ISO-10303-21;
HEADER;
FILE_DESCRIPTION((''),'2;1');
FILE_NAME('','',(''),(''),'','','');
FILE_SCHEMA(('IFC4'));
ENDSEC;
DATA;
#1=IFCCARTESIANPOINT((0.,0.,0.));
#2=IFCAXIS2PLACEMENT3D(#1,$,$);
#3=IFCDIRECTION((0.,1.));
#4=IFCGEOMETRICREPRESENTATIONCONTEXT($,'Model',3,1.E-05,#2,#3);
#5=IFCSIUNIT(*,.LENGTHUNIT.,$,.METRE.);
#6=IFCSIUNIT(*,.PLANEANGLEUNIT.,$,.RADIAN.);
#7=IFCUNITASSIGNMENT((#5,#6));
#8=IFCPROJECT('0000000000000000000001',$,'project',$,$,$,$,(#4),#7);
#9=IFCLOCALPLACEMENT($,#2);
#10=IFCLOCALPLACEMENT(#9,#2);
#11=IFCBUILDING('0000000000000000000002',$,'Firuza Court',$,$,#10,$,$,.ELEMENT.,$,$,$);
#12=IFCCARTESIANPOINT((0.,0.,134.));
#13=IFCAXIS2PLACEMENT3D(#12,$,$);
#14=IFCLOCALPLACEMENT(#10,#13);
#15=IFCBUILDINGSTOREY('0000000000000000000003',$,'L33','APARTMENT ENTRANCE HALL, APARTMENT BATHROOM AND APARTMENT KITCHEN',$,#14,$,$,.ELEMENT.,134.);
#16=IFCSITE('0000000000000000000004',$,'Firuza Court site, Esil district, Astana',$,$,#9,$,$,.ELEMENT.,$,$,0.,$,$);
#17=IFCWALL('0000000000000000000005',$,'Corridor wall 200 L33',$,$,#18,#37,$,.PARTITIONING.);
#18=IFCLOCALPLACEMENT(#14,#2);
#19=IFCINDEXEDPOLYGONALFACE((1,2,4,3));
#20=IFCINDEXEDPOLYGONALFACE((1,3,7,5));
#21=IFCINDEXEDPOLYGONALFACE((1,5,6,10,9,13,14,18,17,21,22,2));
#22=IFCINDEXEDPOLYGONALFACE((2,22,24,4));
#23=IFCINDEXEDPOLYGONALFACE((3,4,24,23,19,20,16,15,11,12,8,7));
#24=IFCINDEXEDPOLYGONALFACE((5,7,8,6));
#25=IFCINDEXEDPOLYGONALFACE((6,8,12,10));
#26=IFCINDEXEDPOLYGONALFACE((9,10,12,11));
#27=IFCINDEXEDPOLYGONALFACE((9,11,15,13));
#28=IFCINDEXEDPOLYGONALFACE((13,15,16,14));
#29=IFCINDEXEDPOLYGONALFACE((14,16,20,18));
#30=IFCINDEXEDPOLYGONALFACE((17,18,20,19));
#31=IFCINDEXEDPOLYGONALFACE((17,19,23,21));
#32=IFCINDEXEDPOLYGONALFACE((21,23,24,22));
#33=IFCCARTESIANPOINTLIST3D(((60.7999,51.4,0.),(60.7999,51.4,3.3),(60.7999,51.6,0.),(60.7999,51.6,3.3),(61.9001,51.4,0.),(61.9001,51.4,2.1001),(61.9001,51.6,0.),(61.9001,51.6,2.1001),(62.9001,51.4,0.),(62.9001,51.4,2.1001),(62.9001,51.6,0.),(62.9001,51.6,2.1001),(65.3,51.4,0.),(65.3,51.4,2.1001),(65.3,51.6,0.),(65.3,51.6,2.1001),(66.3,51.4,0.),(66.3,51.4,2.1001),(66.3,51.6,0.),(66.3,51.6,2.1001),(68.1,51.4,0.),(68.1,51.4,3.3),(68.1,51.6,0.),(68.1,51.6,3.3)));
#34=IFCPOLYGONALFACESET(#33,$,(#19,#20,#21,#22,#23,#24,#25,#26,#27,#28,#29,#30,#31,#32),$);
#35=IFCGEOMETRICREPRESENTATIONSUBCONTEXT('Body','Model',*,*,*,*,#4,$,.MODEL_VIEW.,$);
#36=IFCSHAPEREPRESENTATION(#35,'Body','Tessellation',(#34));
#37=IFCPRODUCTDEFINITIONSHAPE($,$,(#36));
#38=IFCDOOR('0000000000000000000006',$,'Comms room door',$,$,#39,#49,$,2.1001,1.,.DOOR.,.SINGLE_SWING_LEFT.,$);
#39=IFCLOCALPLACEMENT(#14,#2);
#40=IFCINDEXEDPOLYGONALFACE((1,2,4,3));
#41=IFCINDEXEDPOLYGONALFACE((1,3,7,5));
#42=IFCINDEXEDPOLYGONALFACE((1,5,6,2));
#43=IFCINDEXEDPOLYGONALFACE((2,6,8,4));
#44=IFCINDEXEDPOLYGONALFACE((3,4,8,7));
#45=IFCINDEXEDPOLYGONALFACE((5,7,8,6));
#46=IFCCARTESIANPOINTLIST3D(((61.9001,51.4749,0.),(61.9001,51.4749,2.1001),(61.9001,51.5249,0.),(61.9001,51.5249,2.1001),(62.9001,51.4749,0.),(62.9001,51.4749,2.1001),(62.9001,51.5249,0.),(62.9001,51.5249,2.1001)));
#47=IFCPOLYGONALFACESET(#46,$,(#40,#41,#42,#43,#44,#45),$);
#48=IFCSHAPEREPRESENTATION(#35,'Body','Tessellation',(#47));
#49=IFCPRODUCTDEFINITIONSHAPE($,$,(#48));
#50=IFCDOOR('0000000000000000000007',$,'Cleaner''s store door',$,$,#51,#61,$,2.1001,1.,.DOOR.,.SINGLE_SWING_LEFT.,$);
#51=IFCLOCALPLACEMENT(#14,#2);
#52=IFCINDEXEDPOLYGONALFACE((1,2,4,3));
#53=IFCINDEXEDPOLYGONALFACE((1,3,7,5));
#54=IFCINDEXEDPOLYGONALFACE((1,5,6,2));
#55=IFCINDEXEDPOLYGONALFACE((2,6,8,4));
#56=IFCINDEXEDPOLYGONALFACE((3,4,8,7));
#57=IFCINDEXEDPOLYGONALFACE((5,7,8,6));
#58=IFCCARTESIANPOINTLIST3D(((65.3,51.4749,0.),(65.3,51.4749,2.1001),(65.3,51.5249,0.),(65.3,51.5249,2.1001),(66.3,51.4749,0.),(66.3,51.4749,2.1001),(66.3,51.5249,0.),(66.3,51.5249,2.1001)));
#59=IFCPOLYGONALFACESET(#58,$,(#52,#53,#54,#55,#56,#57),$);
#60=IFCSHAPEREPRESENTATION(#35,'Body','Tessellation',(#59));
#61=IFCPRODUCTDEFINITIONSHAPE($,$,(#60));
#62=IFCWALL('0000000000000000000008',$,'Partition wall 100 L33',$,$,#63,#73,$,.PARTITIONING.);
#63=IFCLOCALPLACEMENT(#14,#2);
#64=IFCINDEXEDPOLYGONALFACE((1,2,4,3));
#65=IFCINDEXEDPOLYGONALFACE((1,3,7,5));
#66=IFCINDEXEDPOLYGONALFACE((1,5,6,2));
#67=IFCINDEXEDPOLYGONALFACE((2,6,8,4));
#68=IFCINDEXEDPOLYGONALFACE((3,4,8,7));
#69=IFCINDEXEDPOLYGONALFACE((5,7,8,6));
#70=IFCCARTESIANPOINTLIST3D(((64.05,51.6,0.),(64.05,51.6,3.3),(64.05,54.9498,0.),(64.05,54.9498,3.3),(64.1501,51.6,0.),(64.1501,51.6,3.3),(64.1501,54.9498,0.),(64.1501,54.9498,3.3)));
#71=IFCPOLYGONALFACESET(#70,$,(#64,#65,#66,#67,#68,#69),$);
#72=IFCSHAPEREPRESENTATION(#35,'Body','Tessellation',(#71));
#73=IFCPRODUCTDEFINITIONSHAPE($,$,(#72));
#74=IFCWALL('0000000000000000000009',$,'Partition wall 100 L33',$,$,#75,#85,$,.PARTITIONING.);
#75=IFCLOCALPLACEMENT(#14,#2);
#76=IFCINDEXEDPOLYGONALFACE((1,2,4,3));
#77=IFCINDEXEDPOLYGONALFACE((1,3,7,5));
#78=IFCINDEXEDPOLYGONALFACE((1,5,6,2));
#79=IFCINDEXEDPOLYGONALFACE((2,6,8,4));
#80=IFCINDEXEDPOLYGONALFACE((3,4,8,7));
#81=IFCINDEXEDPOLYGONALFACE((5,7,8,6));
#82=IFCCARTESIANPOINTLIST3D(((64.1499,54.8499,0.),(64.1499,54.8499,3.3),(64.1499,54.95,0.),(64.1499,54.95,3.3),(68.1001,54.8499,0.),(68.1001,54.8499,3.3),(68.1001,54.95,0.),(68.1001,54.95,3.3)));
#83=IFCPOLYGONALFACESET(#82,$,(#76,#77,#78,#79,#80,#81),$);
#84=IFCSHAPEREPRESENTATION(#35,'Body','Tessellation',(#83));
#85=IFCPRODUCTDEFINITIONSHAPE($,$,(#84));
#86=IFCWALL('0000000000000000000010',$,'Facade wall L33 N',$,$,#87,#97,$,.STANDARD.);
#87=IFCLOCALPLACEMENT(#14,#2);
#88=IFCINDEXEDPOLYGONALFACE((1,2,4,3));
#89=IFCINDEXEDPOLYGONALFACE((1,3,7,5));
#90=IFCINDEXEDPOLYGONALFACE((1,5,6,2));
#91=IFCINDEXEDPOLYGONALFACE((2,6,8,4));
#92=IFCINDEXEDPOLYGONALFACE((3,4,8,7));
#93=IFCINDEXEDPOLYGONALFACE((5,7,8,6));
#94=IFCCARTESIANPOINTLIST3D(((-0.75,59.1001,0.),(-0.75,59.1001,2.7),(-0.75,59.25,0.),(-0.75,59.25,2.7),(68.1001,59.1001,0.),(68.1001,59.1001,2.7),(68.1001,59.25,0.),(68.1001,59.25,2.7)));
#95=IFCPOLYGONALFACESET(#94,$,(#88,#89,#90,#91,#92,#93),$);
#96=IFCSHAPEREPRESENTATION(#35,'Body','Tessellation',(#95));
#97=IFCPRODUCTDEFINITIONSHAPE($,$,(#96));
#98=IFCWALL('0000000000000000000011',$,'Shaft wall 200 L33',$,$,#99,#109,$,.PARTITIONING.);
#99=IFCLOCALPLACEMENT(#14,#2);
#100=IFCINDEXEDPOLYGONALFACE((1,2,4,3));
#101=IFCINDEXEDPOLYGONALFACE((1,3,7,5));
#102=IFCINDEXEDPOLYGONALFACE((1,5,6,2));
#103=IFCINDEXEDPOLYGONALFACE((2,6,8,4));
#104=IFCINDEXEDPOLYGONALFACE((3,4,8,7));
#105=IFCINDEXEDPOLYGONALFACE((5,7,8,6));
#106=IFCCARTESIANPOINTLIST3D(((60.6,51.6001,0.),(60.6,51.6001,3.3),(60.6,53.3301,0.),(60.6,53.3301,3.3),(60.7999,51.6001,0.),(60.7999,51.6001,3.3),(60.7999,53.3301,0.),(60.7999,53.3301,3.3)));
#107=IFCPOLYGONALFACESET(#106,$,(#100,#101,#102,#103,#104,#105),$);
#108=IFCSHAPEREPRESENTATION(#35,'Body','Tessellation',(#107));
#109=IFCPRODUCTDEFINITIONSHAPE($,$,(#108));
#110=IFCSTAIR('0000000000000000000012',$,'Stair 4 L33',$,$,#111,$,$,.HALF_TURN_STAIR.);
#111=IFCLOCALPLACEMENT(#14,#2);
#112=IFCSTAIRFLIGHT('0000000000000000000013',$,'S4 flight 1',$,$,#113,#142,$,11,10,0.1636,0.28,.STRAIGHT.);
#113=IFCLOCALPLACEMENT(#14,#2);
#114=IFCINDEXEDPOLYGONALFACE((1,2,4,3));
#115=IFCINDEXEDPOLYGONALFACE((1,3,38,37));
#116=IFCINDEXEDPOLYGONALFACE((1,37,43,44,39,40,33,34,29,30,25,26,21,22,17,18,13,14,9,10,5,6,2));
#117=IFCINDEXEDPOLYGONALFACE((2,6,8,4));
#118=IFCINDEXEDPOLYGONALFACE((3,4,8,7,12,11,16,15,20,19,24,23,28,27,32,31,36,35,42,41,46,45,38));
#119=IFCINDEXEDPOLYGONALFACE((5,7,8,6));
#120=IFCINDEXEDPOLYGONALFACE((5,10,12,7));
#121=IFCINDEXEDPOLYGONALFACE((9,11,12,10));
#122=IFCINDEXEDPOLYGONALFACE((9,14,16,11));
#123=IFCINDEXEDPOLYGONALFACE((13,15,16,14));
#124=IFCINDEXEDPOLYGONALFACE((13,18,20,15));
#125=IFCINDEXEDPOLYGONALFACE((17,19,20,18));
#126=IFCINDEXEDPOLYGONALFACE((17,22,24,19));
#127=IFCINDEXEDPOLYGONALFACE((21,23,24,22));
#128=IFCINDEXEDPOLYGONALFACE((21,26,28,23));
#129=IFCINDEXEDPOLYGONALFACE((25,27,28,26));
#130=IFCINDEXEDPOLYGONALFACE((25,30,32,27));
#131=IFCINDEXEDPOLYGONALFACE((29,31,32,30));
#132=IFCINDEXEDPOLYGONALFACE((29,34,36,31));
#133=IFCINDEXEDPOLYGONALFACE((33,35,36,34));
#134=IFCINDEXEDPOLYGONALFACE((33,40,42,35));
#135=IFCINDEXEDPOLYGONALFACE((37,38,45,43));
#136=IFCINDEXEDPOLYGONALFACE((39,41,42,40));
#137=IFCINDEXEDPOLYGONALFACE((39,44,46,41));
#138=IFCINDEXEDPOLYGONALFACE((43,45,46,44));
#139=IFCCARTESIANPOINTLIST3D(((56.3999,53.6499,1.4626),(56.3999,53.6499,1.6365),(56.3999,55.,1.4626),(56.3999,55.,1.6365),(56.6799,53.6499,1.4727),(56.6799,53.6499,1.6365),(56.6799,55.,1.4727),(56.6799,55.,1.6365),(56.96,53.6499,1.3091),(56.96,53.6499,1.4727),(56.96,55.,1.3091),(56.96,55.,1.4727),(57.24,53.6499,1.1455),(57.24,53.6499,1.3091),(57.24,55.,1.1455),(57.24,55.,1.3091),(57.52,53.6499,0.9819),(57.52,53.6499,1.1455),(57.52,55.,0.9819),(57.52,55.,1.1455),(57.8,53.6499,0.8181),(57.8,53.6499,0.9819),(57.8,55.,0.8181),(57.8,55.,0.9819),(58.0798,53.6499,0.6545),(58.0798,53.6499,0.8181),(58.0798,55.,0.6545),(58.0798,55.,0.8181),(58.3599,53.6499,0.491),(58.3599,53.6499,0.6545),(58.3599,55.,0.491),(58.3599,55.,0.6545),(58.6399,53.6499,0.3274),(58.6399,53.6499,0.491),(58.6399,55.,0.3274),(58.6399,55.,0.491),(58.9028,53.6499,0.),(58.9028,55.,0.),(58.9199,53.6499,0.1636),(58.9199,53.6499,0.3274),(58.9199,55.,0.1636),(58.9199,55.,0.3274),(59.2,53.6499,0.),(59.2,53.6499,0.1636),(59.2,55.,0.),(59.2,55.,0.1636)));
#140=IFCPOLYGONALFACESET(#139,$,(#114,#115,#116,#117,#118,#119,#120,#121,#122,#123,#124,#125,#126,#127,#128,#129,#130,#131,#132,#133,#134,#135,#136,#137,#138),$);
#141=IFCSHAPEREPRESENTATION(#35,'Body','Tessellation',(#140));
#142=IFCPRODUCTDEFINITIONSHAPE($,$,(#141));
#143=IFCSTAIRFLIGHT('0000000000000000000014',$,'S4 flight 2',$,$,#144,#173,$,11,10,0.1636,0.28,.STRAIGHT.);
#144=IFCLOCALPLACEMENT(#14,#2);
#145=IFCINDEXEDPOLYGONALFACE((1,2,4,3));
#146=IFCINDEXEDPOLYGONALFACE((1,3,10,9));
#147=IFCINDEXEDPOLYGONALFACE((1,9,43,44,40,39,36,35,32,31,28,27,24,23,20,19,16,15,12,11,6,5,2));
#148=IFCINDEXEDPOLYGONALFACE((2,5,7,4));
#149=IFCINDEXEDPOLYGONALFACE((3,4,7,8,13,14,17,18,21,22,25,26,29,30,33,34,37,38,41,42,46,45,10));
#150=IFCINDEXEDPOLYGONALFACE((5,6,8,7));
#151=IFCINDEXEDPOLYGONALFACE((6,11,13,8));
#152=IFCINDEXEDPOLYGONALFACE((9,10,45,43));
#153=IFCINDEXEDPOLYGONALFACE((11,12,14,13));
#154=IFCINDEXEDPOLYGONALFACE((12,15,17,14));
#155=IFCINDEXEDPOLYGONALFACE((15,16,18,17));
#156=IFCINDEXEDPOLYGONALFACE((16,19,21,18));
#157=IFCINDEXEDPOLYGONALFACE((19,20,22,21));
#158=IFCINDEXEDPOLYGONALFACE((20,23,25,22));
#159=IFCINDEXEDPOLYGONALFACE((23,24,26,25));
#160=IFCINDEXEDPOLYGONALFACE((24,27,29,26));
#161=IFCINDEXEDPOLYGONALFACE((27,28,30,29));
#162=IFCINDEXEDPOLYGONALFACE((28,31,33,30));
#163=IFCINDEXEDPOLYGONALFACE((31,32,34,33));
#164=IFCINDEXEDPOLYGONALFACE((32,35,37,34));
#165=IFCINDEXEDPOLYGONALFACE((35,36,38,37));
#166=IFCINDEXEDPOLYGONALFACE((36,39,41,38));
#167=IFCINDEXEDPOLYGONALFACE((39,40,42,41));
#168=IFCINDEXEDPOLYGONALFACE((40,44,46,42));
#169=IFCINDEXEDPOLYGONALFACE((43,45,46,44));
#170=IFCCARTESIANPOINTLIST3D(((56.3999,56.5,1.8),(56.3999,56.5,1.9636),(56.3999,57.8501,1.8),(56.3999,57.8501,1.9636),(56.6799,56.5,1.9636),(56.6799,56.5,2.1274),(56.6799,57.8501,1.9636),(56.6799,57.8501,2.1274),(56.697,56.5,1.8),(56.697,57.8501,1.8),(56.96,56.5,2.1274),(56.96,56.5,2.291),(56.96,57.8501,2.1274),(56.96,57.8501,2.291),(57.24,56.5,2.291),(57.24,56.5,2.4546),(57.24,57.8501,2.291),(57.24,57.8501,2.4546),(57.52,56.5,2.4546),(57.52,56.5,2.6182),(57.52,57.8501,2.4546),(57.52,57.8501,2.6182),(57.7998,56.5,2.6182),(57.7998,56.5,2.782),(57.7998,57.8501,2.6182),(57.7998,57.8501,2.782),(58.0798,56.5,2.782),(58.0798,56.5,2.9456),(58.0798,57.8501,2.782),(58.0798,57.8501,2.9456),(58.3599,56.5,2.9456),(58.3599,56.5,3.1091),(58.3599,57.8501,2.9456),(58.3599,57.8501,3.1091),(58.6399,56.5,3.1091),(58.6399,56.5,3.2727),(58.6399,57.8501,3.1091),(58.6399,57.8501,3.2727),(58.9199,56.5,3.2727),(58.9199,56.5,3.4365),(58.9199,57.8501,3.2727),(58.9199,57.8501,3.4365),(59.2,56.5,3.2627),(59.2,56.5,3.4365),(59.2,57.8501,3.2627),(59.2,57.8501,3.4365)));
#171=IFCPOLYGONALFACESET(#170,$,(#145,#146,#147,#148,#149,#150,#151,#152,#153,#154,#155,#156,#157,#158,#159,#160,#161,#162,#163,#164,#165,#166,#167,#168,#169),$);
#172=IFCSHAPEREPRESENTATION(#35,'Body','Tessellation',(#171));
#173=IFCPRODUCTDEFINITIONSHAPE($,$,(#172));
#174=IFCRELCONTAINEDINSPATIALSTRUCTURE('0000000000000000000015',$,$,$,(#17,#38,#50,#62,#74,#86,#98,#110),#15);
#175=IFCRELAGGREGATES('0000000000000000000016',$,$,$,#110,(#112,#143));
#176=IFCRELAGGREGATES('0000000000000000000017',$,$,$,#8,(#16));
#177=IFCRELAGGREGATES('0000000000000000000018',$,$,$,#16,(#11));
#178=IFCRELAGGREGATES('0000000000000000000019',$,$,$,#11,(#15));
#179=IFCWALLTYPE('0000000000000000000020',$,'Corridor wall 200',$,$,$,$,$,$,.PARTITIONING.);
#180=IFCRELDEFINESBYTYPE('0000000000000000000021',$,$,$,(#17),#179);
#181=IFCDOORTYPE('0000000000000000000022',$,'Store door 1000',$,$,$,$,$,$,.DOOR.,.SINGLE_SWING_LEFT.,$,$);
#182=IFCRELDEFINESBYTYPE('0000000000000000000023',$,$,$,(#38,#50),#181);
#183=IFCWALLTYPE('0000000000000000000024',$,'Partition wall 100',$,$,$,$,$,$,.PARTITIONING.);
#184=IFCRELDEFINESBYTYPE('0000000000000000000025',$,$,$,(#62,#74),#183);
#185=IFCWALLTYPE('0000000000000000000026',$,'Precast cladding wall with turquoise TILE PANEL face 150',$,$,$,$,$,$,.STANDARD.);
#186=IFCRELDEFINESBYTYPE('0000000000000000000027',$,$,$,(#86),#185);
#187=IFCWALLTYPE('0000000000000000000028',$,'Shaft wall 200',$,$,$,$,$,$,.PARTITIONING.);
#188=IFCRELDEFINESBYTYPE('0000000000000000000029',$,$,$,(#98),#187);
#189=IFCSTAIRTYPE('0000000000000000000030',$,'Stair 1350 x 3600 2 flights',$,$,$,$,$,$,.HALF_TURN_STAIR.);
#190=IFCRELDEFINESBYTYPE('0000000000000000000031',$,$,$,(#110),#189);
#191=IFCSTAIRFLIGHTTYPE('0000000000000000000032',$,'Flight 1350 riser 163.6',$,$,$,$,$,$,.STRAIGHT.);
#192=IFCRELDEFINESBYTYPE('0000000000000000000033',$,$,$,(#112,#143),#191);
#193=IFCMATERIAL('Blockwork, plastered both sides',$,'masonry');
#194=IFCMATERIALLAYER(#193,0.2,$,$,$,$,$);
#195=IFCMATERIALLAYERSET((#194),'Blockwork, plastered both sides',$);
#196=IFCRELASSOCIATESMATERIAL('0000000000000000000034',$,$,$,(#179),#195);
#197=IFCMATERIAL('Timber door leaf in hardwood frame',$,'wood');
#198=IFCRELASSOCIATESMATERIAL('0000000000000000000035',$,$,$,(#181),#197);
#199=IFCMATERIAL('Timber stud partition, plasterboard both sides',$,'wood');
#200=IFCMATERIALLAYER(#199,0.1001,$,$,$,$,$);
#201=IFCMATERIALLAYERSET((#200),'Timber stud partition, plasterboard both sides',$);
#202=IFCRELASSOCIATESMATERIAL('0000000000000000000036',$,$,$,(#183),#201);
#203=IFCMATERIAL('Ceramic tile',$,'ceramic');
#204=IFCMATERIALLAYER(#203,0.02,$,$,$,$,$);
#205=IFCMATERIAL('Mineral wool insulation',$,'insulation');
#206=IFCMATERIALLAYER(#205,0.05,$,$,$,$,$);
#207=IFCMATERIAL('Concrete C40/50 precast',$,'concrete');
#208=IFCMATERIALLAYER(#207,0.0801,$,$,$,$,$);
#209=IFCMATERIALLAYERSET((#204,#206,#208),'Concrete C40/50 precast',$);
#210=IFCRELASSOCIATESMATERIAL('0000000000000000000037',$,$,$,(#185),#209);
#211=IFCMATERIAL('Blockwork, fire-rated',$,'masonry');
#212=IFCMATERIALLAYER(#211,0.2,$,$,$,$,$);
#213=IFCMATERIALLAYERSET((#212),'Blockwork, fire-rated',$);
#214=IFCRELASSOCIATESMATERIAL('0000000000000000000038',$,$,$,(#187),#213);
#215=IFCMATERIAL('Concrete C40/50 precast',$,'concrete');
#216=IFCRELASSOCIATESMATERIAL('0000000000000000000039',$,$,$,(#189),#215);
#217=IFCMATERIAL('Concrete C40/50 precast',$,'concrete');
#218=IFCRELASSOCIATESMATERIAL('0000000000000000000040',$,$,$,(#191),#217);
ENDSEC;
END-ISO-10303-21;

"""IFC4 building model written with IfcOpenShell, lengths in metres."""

from ifc_helpers import new_model, si_unit, direction, frame, frame_2d, origin, place, context, subcontext, project, spatial, polyline, rectangle, outline, extrude, material, layer, layer_set, type_object, element, fill, aggregate, save


model = new_model("IFC4")

# Units and contexts
model_context = context("Model", 3, precision=1e-05, world=origin(), true_north=direction((0.0, 1.0)))
body_context = subcontext(model_context, "Body", "Model", "MODEL_VIEW")
ifc_project = project(units=[si_unit("LENGTHUNIT", "METRE"), si_unit("PLANEANGLEUNIT", "RADIAN")], contexts=[model_context])

# Site, building, storey
site_placement = place(None, origin())
site = spatial("IfcSite", under=ifc_project, at=site_placement, Name="Firuza Court site, Esil district, Astana", CompositionType="ELEMENT", RefElevation=0.0)
building_placement = place(site_placement, origin())
building = spatial("IfcBuilding", under=site, at=building_placement, Name="Firuza Court", CompositionType="ELEMENT")
storey_placement = place(building_placement, frame((0.0, 0.0, 134.0)))
storey = spatial("IfcBuildingStorey", under=building, at=storey_placement, Name="L33", Description="APARTMENT ENTRANCE HALL, APARTMENT BATHROOM AND APARTMENT KITCHEN", CompositionType="ELEMENT", Elevation=134.0)

# Shared definitions
ifc_material_1 = material(Name="Blockwork, plastered both sides", Category="masonry")
ifc_layer_1 = layer(ifc_material_1, 0.2)
ifc_layer_set_1 = layer_set([ifc_layer_1], Name="Blockwork, plastered both sides")
wall_type_1 = type_object("IfcWallType", Name="Corridor wall 200", PredefinedType="PARTITIONING", material=ifc_layer_set_1)

# Wall, openings, doors
wall_1_placement = place(storey_placement, frame((60.8, 51.5, 0.0), z_axis=(0.0, 0.0, 1.0), x_axis=(1.0, 0.0, 0.0)))
wall_1 = element("IfcWall", 1, at=wall_1_placement, inside=storey, type_object=wall_type_1, Name="Corridor wall 200 L33", PredefinedType="PARTITIONING", context=body_context, shape_type="SweptSolid", body=[
    extrude(rectangle(XDim=7.3, YDim=0.2, at=frame_2d((3.6499, 0.0))), origin(), (0.0, 0.0, 1.0), 3.3),
])
opening_1_placement = place(wall_1_placement, frame((1.1001, 0.0, 0.0)))
opening_1 = element("IfcOpeningElement", 2, at=opening_1_placement, cuts=wall_1, PredefinedType="OPENING", context=body_context, shape_type="SweptSolid", body=[
    extrude(rectangle(XDim=1.0, YDim=2.1001, at=frame_2d((0.5, 1.05))), frame((0.0, 0.1118, 0.0), z_axis=(0.0, -1.0, 0.0), x_axis=(1.0, 0.0, 0.0)), (0.0, 0.0, 1.0), 0.2239),
])
opening_2_placement = place(wall_1_placement, frame((4.5, 0.0, 0.0)))
opening_2 = element("IfcOpeningElement", 3, at=opening_2_placement, cuts=wall_1, PredefinedType="OPENING", context=body_context, shape_type="SweptSolid", body=[
    extrude(rectangle(XDim=1.0, YDim=2.1001, at=frame_2d((0.5, 1.05))), frame((0.0, 0.1118, 0.0), z_axis=(0.0, -1.0, 0.0), x_axis=(1.0, 0.0, 0.0)), (0.0, 0.0, 1.0), 0.2239),
])
ifc_material_2 = material(Name="Timber door leaf in hardwood frame", Category="wood")
door_type_1 = type_object("IfcDoorType", Name="Store door 1000", OperationType="SINGLE_SWING_LEFT", PredefinedType="DOOR", material=ifc_material_2)
door_1_placement = place(opening_1_placement, origin())
door_1 = element("IfcDoor", 4, at=door_1_placement, inside=storey, type_object=door_type_1, Name="Comms room door", OperationType="SINGLE_SWING_LEFT", OverallHeight=2.1001, OverallWidth=1.0, PredefinedType="DOOR", context=body_context, shape_type="SweptSolid", body=[
    extrude(rectangle(XDim=1.0, YDim=2.1001, at=frame_2d((0.5, 1.05))), frame((0.0, 0.0249, 0.0), z_axis=(0.0, -1.0, 0.0), x_axis=(1.0, 0.0, 0.0)), (0.0, 0.0, 1.0), 0.05),
])
fill(opening_1, door_1)
door_2_placement = place(opening_2_placement, origin())
door_2 = element("IfcDoor", 5, at=door_2_placement, inside=storey, type_object=door_type_1, Name="Cleaner's store door", OperationType="SINGLE_SWING_LEFT", OverallHeight=2.1001, OverallWidth=1.0, PredefinedType="DOOR", context=body_context, shape_type="SweptSolid", body=[
    extrude(rectangle(XDim=1.0, YDim=2.1001, at=frame_2d((0.5, 1.05))), frame((0.0, 0.0249, 0.0), z_axis=(0.0, -1.0, 0.0), x_axis=(1.0, 0.0, 0.0)), (0.0, 0.0, 1.0), 0.05),
])
fill(opening_2, door_2)

# Walls
ifc_material_3 = material(Name="Timber stud partition, plasterboard both sides", Category="wood")
ifc_layer_2 = layer(ifc_material_3, 0.1001)
ifc_layer_set_2 = layer_set([ifc_layer_2], Name="Timber stud partition, plasterboard both sides")
wall_type_2 = type_object("IfcWallType", Name="Partition wall 100", PredefinedType="PARTITIONING", material=ifc_layer_set_2)
wall_2_placement = place(storey_placement, frame((64.1001, 51.6001, 0.0), z_axis=(0.0, 0.0, 1.0), x_axis=(0.0, 1.0, 0.0)))
element("IfcWall", 6, at=wall_2_placement, inside=storey, type_object=wall_type_2, Name="Partition wall 100 L33", PredefinedType="PARTITIONING", context=body_context, shape_type="SweptSolid", body=[
    extrude(rectangle(XDim=3.3499, YDim=0.1001, at=frame_2d((1.6748, 0.0))), origin(), (0.0, 0.0, 1.0), 3.3),
])
wall_3_placement = place(storey_placement, frame((64.1499, 54.8999, 0.0), z_axis=(0.0, 0.0, 1.0), x_axis=(1.0, 0.0, 0.0)))
element("IfcWall", 7, at=wall_3_placement, inside=storey, type_object=wall_type_2, Name="Partition wall 100 L33", PredefinedType="PARTITIONING", context=body_context, shape_type="SweptSolid", body=[
    extrude(rectangle(XDim=3.9502, YDim=0.1001, at=frame_2d((1.9751, 0.0))), origin(), (0.0, 0.0, 1.0), 3.3),
])
ifc_material_4 = material(Name="Ceramic tile", Category="ceramic")
ifc_layer_3 = layer(ifc_material_4, 0.02)
ifc_material_5 = material(Name="Mineral wool insulation", Category="insulation")
ifc_layer_4 = layer(ifc_material_5, 0.05)
ifc_material_6 = material(Name="Concrete C40/50 precast", Category="concrete")
ifc_layer_5 = layer(ifc_material_6, 0.0801)
ifc_layer_set_3 = layer_set([ifc_layer_3, ifc_layer_4, ifc_layer_5], Name="Concrete C40/50 precast")
wall_type_3 = type_object("IfcWallType", Name="Precast cladding wall with turquoise TILE PANEL face 150", PredefinedType="STANDARD", material=ifc_layer_set_3)
wall_4_placement = place(storey_placement, frame((68.1001, 59.175, 0.0), z_axis=(0.0, 0.0, 1.0), x_axis=(-1.0, 0.0, 0.0)))
element("IfcWall", 8, at=wall_4_placement, inside=storey, type_object=wall_type_3, Name="Facade wall L33 N", PredefinedType="STANDARD", context=body_context, shape_type="SweptSolid", body=[
    extrude(rectangle(XDim=68.8501, YDim=0.1499, at=frame_2d((34.425, 0.0))), origin(), (0.0, 0.0, 1.0), 2.7),
])
ifc_material_7 = material(Name="Blockwork, fire-rated", Category="masonry")
ifc_layer_6 = layer(ifc_material_7, 0.2)
ifc_layer_set_4 = layer_set([ifc_layer_6], Name="Blockwork, fire-rated")
wall_type_4 = type_object("IfcWallType", Name="Shaft wall 200", PredefinedType="PARTITIONING", material=ifc_layer_set_4)
wall_5_placement = place(storey_placement, frame((60.7, 51.6001, 0.0), z_axis=(0.0, 0.0, 1.0), x_axis=(0.0, 1.0, 0.0)))
element("IfcWall", 9, at=wall_5_placement, inside=storey, type_object=wall_type_4, Name="Shaft wall 200 L33", PredefinedType="PARTITIONING", context=body_context, shape_type="SweptSolid", body=[
    extrude(rectangle(XDim=1.73, YDim=0.2, at=frame_2d((0.865, 0.0))), origin(), (0.0, 0.0, 1.0), 3.3),
])

# Stair, stair flights
ifc_material_8 = material(Name="Concrete C40/50 precast", Category="concrete")
stair_type = type_object("IfcStairType", Name="Stair 1350 x 3600 2 flights", PredefinedType="HALF_TURN_STAIR", material=ifc_material_8)
stair_placement = place(storey_placement, origin())
stair = element("IfcStair", 10, at=stair_placement, inside=storey, type_object=stair_type, Name="Stair 4 L33", PredefinedType="HALF_TURN_STAIR")
ifc_material_9 = material(Name="Concrete C40/50 precast", Category="concrete")
stair_flight_type = type_object("IfcStairFlightType", Name="Flight 1350 riser 163.6", PredefinedType="STRAIGHT", material=ifc_material_9)
stair_flight_1_placement = place(storey_placement, frame((59.2, 54.325, 0.0), z_axis=(0.0, 0.0, 1.0), x_axis=(-1.0, 0.0, 0.0)))
stair_flight_1 = element("IfcStairFlight", 11, at=stair_flight_1_placement, type_object=stair_flight_type, Name="S4 flight 1", NumberOfRisers=11, NumberOfTreads=10, PredefinedType="STRAIGHT", RiserHeight=0.1636, TreadLength=0.28, context=body_context, shape_type="SweptSolid", body=[
    extrude(outline(polyline([(0.0, 0.0), (0.0, 0.1636), (0.28, 0.1636), (0.28, 0.3274), (0.5601, 0.3274), (0.5601, 0.491), (0.8401, 0.491), (0.8401, 0.6545), (1.1201, 0.6545), (1.1201, 0.8181), (1.3999, 0.8181), (1.3999, 0.9819), (1.6799, 0.9819), (1.6799, 1.1455), (1.96, 1.1455), (1.96, 1.3091), (2.24, 1.3091), (2.24, 1.4727), (2.52, 1.4727), (2.52, 1.6365), (2.8, 1.6365), (2.8, 1.8), (2.8, 1.4626), (0.2971, 0.0), (0.0, 0.0)])), frame((0.0, 0.675, 0.0), z_axis=(0.0, -1.0, 0.0), x_axis=(1.0, 0.0, 0.0)), (0.0, 0.0, 1.0), 1.3501),
])
stair_flight_2_placement = place(storey_placement, frame((56.3999, 57.175, 1.8), z_axis=(0.0, 0.0, 1.0), x_axis=(1.0, 0.0, 0.0)))
stair_flight_2 = element("IfcStairFlight", 12, at=stair_flight_2_placement, type_object=stair_flight_type, Name="S4 flight 2", NumberOfRisers=11, NumberOfTreads=10, PredefinedType="STRAIGHT", RiserHeight=0.1636, TreadLength=0.28, context=body_context, shape_type="SweptSolid", body=[
    extrude(outline(polyline([(0.0, 0.0), (0.0, 0.1636), (0.28, 0.1636), (0.28, 0.3274), (0.5601, 0.3274), (0.5601, 0.491), (0.8401, 0.491), (0.8401, 0.6545), (1.1201, 0.6545), (1.1201, 0.8181), (1.3999, 0.8181), (1.3999, 0.9819), (1.6799, 0.9819), (1.6799, 1.1455), (1.96, 1.1455), (1.96, 1.3091), (2.24, 1.3091), (2.24, 1.4727), (2.52, 1.4727), (2.52, 1.6365), (2.8, 1.6365), (2.8, 1.8), (2.8, 1.4626), (0.2971, 0.0), (0.0, 0.0)])), frame((0.0, 0.675, 0.0), z_axis=(0.0, -1.0, 0.0), x_axis=(1.0, 0.0, 0.0)), (0.0, 0.0, 1.0), 1.3501),
])
aggregate(stair, [stair_flight_1, stair_flight_2])

save(model, "model.ifc")
